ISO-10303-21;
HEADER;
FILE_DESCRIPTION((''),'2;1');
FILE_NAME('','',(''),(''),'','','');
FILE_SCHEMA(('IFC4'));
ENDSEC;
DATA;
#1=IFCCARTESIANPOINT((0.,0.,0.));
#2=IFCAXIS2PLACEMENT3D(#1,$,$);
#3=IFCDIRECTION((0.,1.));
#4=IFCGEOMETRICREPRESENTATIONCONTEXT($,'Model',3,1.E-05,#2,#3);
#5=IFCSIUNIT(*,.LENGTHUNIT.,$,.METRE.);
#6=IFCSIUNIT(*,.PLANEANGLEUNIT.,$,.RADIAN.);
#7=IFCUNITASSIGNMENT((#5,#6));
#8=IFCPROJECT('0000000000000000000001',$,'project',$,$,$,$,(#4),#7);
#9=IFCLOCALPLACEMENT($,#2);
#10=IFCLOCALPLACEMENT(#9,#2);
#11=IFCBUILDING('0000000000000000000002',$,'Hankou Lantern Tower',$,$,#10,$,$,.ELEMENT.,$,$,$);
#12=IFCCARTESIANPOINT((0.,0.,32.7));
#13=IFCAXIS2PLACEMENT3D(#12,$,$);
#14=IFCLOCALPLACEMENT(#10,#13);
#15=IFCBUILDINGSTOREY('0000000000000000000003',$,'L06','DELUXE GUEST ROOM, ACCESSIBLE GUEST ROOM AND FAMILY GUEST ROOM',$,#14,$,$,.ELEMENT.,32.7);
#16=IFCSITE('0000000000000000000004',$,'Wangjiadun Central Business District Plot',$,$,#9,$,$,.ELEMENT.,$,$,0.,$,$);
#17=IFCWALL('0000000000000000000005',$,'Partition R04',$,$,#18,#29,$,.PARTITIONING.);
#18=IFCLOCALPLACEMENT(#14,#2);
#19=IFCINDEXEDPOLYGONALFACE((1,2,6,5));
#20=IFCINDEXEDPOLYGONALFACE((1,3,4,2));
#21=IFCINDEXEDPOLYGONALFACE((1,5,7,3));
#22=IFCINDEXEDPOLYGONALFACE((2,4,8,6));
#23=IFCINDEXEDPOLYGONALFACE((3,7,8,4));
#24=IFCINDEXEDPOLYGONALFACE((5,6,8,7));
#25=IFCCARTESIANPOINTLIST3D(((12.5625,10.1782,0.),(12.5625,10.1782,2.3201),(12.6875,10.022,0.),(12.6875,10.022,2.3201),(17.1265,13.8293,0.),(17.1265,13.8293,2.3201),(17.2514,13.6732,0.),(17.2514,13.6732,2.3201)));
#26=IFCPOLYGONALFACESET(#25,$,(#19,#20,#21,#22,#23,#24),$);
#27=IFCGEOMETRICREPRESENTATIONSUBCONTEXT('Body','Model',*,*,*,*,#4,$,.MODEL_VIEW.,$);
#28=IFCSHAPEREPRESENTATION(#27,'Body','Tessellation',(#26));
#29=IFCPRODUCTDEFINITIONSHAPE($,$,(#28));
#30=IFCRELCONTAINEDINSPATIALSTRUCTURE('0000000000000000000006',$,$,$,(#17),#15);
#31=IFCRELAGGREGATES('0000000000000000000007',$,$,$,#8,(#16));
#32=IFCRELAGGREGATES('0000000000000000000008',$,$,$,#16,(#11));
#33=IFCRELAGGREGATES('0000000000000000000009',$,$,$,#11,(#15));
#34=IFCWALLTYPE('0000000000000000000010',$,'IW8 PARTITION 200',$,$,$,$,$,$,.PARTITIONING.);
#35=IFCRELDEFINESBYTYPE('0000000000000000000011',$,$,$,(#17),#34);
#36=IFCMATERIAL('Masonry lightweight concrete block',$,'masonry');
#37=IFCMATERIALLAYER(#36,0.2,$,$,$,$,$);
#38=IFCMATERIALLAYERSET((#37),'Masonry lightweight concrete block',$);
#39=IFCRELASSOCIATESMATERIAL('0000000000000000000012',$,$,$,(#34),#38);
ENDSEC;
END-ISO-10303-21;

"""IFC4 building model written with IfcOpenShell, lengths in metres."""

from ifc_helpers import new_model, si_unit, direction, frame, frame_2d, origin, place, context, subcontext, project, spatial, rectangle, extrude, material, layer, layer_set, type_object, element, save


model = new_model("IFC4")

# Units and contexts
model_context = context("Model", 3, precision=1e-05, world=origin(), true_north=direction((0.0, 1.0)))
body_context = subcontext(model_context, "Body", "Model", "MODEL_VIEW")
ifc_project = project(units=[si_unit("LENGTHUNIT", "METRE"), si_unit("PLANEANGLEUNIT", "RADIAN")], contexts=[model_context])

# Site, building, storey
site_placement = place(None, origin())
site = spatial("IfcSite", under=ifc_project, at=site_placement, Name="Wangjiadun Central Business District Plot", CompositionType="ELEMENT", RefElevation=0.0)
building_placement = place(site_placement, origin())
building = spatial("IfcBuilding", under=site, at=building_placement, Name="Hankou Lantern Tower", CompositionType="ELEMENT")
storey_placement = place(building_placement, frame((0.0, 0.0, 32.7)))
storey = spatial("IfcBuildingStorey", under=building, at=storey_placement, Name="L06", Description="DELUXE GUEST ROOM, ACCESSIBLE GUEST ROOM AND FAMILY GUEST ROOM", CompositionType="ELEMENT", Elevation=32.7)

# Wall
ifc_material_1 = material(Name="Masonry lightweight concrete block", Category="masonry")
ifc_layer_1 = layer(ifc_material_1, 0.2)
ifc_layer_set_1 = layer_set([ifc_layer_1], Name="Masonry lightweight concrete block")
wall_type_1 = type_object("IfcWallType", Name="IW8 PARTITION 200", PredefinedType="PARTITIONING", material=ifc_layer_set_1)
wall_1_placement = place(storey_placement, frame((12.625, 10.1001, 0.0), z_axis=(0.0, 0.0, 1.0), x_axis=(0.780873, 0.62469, 0.0)))
element("IfcWall", 1, at=wall_1_placement, inside=storey, type_object=wall_type_1, Name="Partition R04", PredefinedType="PARTITIONING", context=body_context, shape_type="SweptSolid", body=[
    extrude(rectangle(XDim=5.8447, YDim=0.2, at=frame_2d((2.9224, 0.0))), origin(), (0.0, 0.0, 1.0), 2.3201),
])

save(model, "model.ifc")
